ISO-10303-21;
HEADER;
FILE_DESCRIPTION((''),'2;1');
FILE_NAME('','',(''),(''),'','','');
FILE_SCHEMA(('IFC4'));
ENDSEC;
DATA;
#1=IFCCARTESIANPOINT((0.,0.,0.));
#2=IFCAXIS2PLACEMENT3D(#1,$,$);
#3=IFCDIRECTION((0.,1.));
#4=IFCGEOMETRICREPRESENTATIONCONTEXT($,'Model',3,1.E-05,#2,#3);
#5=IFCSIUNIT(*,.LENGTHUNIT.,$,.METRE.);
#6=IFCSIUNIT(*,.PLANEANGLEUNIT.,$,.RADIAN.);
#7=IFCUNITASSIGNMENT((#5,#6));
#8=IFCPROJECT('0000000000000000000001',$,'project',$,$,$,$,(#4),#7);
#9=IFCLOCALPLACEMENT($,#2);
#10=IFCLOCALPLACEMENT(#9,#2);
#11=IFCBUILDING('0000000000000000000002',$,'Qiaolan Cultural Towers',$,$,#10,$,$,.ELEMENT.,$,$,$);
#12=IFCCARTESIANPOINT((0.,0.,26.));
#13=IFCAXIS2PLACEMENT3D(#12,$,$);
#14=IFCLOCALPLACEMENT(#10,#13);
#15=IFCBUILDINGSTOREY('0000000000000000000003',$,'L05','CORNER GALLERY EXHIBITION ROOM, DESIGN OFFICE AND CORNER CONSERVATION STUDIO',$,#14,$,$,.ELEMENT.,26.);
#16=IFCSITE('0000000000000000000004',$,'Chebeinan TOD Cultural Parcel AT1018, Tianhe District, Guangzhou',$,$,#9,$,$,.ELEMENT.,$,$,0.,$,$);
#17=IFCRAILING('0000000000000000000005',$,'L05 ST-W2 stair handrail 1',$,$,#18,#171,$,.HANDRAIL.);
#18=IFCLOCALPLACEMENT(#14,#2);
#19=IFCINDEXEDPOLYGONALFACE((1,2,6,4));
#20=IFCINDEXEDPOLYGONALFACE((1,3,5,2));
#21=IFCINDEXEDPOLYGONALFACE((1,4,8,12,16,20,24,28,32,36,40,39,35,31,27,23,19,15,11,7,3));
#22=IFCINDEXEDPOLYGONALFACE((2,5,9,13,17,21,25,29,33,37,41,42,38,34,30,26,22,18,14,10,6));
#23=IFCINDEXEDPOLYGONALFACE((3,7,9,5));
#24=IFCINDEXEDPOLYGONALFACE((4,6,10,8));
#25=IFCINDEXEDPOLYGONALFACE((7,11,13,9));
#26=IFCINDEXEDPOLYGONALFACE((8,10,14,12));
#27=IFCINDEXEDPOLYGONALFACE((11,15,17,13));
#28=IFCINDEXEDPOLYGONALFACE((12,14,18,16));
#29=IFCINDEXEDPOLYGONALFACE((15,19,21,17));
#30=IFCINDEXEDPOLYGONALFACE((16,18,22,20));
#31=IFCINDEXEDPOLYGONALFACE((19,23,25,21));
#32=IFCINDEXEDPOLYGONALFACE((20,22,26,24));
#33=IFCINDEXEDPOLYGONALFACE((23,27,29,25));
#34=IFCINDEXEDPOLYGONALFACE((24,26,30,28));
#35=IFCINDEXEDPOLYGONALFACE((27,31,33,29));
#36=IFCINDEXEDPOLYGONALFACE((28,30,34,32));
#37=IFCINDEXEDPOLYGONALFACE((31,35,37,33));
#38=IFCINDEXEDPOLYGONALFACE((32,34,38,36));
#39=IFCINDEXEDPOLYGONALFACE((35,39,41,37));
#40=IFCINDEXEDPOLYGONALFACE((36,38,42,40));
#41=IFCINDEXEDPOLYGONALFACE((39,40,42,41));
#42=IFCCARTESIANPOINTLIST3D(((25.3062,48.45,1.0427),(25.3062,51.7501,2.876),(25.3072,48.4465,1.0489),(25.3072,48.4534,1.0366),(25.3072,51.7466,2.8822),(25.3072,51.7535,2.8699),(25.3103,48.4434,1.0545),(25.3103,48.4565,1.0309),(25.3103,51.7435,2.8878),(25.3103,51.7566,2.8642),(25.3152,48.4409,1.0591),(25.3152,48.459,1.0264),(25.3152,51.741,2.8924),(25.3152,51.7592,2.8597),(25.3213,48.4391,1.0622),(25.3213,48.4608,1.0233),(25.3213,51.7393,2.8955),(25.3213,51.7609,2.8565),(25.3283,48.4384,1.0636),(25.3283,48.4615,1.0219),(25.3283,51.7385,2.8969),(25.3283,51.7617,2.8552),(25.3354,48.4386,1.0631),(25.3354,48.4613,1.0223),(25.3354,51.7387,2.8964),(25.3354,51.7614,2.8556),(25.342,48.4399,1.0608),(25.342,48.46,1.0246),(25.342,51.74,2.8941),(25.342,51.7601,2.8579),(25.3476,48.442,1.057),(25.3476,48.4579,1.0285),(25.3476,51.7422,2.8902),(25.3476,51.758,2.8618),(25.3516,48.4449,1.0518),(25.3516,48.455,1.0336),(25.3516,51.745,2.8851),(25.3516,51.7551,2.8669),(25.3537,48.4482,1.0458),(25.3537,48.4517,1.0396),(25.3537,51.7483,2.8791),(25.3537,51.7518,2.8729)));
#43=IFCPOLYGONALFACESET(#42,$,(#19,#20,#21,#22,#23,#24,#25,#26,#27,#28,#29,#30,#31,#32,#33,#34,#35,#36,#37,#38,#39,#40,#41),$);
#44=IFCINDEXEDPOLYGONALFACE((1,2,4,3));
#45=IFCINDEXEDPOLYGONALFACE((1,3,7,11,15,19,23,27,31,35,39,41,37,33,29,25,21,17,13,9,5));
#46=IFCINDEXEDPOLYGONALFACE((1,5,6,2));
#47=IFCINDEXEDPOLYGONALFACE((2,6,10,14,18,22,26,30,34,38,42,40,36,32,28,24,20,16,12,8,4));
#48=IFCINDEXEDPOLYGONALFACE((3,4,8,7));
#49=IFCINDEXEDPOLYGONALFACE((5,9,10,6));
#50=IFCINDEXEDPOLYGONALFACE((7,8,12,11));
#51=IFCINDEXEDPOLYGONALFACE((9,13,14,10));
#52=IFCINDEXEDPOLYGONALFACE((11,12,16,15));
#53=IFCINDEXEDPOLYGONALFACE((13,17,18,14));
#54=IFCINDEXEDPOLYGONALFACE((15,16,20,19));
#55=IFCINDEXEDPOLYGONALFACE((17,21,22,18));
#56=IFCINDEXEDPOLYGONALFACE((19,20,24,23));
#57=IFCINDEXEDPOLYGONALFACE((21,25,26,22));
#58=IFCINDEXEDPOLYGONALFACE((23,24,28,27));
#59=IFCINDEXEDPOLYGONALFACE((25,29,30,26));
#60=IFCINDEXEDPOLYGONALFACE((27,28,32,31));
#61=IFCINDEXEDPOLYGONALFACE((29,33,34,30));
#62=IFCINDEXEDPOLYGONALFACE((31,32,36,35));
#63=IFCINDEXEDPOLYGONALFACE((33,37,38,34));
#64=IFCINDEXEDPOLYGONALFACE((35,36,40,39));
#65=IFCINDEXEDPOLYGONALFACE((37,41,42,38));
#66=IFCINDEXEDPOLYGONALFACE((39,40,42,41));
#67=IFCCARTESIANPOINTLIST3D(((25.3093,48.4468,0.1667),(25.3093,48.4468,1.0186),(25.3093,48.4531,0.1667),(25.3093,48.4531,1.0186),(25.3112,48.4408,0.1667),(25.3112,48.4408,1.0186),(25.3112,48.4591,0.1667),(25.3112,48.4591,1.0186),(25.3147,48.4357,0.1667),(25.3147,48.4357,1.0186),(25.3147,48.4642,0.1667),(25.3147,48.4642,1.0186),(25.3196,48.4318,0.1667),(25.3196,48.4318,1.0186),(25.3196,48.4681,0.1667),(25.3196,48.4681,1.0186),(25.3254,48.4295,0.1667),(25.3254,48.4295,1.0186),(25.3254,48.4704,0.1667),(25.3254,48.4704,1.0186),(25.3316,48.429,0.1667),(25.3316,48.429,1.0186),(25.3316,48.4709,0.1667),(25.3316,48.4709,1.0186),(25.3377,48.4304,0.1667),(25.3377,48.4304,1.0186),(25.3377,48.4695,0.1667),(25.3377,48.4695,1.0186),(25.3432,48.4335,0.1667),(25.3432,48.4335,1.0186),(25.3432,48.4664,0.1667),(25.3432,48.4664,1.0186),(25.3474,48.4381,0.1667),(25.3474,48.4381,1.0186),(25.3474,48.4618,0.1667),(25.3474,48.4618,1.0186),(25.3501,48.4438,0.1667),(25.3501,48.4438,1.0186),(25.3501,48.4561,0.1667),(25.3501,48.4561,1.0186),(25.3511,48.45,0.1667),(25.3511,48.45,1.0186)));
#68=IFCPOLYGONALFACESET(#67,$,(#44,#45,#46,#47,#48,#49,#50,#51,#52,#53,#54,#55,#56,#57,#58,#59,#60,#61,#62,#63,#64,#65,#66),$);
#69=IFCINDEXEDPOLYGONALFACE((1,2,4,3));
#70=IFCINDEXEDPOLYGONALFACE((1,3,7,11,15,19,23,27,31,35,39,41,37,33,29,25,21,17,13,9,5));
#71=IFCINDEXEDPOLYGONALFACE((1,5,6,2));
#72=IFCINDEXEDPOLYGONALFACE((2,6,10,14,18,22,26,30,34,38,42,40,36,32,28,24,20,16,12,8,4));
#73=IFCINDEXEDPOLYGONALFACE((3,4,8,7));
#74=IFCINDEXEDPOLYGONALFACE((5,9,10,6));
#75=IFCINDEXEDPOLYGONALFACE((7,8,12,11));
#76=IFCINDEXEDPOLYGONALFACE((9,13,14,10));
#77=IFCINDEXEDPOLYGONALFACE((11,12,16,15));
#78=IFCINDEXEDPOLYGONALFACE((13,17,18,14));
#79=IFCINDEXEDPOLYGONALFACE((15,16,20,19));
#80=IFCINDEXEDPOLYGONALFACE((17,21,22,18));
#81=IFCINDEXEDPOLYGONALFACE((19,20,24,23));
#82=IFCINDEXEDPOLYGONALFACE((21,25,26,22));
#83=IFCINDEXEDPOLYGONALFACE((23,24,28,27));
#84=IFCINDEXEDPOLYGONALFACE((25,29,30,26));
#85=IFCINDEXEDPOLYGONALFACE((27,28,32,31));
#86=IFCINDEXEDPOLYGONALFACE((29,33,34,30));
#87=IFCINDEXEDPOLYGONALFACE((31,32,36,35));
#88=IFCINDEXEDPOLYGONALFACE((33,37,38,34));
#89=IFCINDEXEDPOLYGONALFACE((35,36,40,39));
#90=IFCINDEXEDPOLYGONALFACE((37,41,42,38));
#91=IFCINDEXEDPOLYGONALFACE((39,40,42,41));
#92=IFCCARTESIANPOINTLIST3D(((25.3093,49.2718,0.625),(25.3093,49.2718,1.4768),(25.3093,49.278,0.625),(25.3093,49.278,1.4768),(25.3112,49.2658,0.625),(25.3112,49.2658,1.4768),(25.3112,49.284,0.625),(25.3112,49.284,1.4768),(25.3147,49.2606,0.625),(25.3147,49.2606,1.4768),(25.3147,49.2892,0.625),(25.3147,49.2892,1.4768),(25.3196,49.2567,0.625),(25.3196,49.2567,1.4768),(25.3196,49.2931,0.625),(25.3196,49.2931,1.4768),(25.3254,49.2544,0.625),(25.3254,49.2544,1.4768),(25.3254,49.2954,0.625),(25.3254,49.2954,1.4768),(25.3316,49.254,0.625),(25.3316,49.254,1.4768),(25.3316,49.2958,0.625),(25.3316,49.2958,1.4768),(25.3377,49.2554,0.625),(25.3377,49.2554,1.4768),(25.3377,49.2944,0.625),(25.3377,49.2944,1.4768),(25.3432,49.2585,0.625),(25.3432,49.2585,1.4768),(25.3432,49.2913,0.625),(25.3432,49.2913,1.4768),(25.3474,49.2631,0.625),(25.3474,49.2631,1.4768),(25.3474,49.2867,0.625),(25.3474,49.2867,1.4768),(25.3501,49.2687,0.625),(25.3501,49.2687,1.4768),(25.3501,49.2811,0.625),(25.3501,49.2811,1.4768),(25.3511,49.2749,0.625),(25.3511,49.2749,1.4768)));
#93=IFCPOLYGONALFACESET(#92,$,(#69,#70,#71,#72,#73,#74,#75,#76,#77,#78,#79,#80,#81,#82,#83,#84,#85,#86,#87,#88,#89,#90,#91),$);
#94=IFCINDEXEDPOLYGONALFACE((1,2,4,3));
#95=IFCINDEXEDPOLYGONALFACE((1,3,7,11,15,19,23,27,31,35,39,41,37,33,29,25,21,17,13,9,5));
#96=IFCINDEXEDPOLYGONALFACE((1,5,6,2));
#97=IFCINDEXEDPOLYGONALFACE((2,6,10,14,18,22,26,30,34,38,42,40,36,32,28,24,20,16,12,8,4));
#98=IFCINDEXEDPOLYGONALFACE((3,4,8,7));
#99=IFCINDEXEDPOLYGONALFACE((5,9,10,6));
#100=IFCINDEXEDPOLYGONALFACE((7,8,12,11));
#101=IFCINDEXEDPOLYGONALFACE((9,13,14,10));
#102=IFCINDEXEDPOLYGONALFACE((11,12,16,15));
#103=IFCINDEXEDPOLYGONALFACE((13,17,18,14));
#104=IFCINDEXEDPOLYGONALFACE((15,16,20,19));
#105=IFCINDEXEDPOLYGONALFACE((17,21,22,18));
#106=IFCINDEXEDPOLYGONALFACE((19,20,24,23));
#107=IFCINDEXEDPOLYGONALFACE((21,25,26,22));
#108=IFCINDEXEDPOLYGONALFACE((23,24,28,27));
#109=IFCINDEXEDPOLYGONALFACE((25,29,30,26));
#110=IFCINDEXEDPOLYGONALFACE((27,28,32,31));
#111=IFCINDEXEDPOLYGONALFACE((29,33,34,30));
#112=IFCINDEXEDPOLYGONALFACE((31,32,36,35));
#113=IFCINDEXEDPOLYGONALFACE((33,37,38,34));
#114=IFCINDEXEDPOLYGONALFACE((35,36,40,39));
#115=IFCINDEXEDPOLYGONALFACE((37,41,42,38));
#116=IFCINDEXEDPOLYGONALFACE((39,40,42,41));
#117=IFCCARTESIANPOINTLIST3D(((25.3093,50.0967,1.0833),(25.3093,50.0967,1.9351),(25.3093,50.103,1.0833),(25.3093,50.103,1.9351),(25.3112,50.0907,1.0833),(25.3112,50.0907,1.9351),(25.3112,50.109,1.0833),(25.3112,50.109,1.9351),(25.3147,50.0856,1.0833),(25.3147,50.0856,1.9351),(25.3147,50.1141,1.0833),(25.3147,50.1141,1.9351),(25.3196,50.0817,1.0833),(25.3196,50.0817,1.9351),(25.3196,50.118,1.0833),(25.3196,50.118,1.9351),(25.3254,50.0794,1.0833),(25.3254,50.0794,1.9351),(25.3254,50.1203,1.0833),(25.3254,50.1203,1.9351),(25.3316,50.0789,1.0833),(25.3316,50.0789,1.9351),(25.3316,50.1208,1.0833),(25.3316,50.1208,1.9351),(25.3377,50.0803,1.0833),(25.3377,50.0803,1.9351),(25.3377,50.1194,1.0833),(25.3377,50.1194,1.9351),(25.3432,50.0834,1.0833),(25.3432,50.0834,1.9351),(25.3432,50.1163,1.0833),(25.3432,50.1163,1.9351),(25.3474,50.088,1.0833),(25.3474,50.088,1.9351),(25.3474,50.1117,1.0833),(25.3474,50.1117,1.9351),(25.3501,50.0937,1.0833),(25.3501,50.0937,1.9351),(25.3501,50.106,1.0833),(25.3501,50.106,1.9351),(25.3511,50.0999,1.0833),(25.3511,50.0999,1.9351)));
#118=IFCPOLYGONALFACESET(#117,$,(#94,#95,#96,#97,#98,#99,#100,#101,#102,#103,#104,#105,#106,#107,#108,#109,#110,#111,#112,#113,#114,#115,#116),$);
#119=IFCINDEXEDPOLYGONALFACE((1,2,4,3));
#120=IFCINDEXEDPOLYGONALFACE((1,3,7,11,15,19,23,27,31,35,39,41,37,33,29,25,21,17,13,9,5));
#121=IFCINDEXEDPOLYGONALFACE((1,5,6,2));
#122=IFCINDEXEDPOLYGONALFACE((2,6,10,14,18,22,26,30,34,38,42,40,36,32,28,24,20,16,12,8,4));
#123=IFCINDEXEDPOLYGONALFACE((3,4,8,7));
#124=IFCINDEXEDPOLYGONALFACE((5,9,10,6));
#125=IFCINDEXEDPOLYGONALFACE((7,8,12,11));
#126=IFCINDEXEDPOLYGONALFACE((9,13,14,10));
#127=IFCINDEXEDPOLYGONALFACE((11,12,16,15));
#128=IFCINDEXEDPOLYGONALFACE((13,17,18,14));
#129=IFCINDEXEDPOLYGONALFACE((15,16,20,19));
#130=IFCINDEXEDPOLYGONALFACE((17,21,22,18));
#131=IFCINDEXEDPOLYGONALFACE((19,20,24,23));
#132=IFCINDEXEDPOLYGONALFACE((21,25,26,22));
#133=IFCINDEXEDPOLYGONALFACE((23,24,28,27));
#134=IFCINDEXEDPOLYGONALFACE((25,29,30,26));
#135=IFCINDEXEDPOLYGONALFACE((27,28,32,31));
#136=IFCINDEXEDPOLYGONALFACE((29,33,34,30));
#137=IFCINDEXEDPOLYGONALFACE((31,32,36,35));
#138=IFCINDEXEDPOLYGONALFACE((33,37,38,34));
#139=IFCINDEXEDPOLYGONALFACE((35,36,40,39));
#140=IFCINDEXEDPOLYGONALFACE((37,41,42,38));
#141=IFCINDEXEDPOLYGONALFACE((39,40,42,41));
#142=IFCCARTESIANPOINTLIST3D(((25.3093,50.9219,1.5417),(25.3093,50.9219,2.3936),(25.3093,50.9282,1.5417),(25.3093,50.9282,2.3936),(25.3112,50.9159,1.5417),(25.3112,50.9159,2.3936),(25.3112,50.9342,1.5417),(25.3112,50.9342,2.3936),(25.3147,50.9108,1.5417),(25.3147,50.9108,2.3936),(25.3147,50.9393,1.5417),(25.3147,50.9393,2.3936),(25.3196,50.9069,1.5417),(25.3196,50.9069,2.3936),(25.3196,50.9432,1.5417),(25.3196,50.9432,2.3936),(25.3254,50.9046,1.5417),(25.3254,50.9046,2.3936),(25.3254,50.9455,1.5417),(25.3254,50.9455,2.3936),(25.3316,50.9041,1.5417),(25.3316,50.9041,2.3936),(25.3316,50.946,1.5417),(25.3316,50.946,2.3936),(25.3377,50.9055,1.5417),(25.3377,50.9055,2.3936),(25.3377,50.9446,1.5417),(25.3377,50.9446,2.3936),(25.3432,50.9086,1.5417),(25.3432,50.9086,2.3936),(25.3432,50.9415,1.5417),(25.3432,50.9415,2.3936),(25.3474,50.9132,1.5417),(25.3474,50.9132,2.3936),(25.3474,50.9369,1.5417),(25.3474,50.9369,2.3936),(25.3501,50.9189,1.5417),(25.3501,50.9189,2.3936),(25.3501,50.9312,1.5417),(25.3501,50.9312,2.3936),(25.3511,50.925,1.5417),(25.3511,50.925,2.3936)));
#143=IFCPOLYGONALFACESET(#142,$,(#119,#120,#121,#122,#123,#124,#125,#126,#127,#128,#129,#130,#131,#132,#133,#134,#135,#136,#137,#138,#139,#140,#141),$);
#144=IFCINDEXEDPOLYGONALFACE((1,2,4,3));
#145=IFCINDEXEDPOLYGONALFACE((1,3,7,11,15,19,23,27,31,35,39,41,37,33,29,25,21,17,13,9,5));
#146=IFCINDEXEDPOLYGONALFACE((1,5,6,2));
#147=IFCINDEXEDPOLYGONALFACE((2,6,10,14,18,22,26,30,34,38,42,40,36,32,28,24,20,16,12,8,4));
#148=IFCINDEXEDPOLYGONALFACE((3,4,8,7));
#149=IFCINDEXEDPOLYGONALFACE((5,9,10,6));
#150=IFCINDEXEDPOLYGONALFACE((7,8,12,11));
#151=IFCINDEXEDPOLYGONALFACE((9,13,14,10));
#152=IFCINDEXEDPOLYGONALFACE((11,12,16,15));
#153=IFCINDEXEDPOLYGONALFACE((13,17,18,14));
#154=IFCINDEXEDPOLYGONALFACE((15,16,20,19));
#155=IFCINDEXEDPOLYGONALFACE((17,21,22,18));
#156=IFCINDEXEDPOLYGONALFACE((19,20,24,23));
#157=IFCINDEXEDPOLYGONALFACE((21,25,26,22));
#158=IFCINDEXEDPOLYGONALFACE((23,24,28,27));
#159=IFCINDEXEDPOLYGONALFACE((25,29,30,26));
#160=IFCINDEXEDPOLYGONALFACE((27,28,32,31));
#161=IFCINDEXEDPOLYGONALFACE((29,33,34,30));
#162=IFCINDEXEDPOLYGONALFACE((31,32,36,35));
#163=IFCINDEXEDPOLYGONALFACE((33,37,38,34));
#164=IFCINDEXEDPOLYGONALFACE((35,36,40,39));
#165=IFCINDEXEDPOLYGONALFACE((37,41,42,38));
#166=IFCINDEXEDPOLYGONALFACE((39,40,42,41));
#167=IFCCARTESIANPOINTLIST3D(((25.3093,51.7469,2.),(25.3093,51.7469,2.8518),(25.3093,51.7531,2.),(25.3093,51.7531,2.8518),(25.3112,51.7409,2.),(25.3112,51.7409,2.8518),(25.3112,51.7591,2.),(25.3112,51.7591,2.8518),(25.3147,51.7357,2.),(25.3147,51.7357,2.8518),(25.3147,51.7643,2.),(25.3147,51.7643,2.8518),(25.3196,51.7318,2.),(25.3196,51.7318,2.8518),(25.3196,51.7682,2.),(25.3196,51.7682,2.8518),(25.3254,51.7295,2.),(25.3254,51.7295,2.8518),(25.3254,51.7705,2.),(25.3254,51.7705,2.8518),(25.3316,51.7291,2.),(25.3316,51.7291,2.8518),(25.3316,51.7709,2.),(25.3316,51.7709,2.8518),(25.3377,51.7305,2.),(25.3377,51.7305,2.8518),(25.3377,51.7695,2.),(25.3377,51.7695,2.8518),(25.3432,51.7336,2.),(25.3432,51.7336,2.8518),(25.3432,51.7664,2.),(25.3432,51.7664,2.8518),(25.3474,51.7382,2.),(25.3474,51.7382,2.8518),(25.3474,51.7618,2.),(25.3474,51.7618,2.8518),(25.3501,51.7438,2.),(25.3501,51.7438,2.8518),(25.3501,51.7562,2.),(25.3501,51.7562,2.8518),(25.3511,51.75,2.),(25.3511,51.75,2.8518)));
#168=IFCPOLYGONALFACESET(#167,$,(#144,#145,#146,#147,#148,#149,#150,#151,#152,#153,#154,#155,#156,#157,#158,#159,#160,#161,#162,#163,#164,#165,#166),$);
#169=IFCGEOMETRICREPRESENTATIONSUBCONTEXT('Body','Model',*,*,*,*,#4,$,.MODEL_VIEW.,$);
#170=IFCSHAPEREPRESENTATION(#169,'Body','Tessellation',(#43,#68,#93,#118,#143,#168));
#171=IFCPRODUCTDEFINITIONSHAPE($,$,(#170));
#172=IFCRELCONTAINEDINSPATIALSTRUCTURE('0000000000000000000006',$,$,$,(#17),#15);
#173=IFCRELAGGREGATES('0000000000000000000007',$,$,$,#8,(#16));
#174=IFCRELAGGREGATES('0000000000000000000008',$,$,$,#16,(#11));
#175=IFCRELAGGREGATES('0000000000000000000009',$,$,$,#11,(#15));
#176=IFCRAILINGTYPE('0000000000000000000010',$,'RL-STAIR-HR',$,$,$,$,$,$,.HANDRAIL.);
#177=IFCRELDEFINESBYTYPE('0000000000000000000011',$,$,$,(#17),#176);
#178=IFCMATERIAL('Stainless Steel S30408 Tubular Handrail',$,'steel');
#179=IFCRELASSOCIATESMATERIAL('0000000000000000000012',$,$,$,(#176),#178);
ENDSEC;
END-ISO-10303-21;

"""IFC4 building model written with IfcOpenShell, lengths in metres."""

from ifc_helpers import new_model, si_unit, direction, frame, origin, origin_2d, place, context, subcontext, project, spatial, circle, extrude, material, type_object, element, save


model = new_model("IFC4")

# Units and contexts
model_context = context("Model", 3, precision=1e-05, world=origin(), true_north=direction((0.0, 1.0)))
body_context = subcontext(model_context, "Body", "Model", "MODEL_VIEW")
ifc_project = project(units=[si_unit("LENGTHUNIT", "METRE"), si_unit("PLANEANGLEUNIT", "RADIAN")], contexts=[model_context])

# Site, building, storey
site_placement = place(None, origin())
site = spatial("IfcSite", under=ifc_project, at=site_placement, Name="Chebeinan TOD Cultural Parcel AT1018, Tianhe District, Guangzhou", CompositionType="ELEMENT", RefElevation=0.0)
building_placement = place(site_placement, origin())
building = spatial("IfcBuilding", under=site, at=building_placement, Name="Qiaolan Cultural Towers", CompositionType="ELEMENT")
storey_placement = place(building_placement, frame((0.0, 0.0, 26.0)))
storey = spatial("IfcBuildingStorey", under=building, at=storey_placement, Name="L05", Description="CORNER GALLERY EXHIBITION ROOM, DESIGN OFFICE AND CORNER CONSERVATION STUDIO", CompositionType="ELEMENT", Elevation=26.0)

# Railing
ifc_material_1 = material(Name="Stainless Steel S30408 Tubular Handrail", Category="steel")
railing_type_1 = type_object("IfcRailingType", Name="RL-STAIR-HR", PredefinedType="HANDRAIL", material=ifc_material_1)
railing_1_placement = place(storey_placement, frame((25.3301, 48.45, 0.1667)))
element("IfcRailing", 1, at=railing_1_placement, inside=storey, type_object=railing_type_1, Name="L05 ST-W2 stair handrail 1", PredefinedType="HANDRAIL", context=body_context, shape_type="SweptSolid", body=[
    extrude(circle(Radius=0.0239, at=origin_2d()), frame((0.0, 0.0, 0.876), z_axis=(0.0, 0.874169, 0.485621), x_axis=(-1.0, 0.0, 0.0)), (0.0, 0.0, 1.0), 3.7751),
    extrude(circle(Radius=0.021, at=origin_2d()), origin(), (0.0, 0.0, 1.0), 0.8518),
    extrude(circle(Radius=0.021, at=origin_2d()), frame((0.0, 0.825, 0.4583)), (0.0, 0.0, 1.0), 0.8518),
    extrude(circle(Radius=0.021, at=origin_2d()), frame((0.0, 1.6499, 0.9165)), (0.0, 0.0, 1.0), 0.8518),
    extrude(circle(Radius=0.021, at=origin_2d()), frame((0.0, 2.4751, 1.375)), (0.0, 0.0, 1.0), 0.8518),
    extrude(circle(Radius=0.021, at=origin_2d()), frame((0.0, 3.3, 1.8333)), (0.0, 0.0, 1.0), 0.8518),
])

save(model, "model.ifc")
